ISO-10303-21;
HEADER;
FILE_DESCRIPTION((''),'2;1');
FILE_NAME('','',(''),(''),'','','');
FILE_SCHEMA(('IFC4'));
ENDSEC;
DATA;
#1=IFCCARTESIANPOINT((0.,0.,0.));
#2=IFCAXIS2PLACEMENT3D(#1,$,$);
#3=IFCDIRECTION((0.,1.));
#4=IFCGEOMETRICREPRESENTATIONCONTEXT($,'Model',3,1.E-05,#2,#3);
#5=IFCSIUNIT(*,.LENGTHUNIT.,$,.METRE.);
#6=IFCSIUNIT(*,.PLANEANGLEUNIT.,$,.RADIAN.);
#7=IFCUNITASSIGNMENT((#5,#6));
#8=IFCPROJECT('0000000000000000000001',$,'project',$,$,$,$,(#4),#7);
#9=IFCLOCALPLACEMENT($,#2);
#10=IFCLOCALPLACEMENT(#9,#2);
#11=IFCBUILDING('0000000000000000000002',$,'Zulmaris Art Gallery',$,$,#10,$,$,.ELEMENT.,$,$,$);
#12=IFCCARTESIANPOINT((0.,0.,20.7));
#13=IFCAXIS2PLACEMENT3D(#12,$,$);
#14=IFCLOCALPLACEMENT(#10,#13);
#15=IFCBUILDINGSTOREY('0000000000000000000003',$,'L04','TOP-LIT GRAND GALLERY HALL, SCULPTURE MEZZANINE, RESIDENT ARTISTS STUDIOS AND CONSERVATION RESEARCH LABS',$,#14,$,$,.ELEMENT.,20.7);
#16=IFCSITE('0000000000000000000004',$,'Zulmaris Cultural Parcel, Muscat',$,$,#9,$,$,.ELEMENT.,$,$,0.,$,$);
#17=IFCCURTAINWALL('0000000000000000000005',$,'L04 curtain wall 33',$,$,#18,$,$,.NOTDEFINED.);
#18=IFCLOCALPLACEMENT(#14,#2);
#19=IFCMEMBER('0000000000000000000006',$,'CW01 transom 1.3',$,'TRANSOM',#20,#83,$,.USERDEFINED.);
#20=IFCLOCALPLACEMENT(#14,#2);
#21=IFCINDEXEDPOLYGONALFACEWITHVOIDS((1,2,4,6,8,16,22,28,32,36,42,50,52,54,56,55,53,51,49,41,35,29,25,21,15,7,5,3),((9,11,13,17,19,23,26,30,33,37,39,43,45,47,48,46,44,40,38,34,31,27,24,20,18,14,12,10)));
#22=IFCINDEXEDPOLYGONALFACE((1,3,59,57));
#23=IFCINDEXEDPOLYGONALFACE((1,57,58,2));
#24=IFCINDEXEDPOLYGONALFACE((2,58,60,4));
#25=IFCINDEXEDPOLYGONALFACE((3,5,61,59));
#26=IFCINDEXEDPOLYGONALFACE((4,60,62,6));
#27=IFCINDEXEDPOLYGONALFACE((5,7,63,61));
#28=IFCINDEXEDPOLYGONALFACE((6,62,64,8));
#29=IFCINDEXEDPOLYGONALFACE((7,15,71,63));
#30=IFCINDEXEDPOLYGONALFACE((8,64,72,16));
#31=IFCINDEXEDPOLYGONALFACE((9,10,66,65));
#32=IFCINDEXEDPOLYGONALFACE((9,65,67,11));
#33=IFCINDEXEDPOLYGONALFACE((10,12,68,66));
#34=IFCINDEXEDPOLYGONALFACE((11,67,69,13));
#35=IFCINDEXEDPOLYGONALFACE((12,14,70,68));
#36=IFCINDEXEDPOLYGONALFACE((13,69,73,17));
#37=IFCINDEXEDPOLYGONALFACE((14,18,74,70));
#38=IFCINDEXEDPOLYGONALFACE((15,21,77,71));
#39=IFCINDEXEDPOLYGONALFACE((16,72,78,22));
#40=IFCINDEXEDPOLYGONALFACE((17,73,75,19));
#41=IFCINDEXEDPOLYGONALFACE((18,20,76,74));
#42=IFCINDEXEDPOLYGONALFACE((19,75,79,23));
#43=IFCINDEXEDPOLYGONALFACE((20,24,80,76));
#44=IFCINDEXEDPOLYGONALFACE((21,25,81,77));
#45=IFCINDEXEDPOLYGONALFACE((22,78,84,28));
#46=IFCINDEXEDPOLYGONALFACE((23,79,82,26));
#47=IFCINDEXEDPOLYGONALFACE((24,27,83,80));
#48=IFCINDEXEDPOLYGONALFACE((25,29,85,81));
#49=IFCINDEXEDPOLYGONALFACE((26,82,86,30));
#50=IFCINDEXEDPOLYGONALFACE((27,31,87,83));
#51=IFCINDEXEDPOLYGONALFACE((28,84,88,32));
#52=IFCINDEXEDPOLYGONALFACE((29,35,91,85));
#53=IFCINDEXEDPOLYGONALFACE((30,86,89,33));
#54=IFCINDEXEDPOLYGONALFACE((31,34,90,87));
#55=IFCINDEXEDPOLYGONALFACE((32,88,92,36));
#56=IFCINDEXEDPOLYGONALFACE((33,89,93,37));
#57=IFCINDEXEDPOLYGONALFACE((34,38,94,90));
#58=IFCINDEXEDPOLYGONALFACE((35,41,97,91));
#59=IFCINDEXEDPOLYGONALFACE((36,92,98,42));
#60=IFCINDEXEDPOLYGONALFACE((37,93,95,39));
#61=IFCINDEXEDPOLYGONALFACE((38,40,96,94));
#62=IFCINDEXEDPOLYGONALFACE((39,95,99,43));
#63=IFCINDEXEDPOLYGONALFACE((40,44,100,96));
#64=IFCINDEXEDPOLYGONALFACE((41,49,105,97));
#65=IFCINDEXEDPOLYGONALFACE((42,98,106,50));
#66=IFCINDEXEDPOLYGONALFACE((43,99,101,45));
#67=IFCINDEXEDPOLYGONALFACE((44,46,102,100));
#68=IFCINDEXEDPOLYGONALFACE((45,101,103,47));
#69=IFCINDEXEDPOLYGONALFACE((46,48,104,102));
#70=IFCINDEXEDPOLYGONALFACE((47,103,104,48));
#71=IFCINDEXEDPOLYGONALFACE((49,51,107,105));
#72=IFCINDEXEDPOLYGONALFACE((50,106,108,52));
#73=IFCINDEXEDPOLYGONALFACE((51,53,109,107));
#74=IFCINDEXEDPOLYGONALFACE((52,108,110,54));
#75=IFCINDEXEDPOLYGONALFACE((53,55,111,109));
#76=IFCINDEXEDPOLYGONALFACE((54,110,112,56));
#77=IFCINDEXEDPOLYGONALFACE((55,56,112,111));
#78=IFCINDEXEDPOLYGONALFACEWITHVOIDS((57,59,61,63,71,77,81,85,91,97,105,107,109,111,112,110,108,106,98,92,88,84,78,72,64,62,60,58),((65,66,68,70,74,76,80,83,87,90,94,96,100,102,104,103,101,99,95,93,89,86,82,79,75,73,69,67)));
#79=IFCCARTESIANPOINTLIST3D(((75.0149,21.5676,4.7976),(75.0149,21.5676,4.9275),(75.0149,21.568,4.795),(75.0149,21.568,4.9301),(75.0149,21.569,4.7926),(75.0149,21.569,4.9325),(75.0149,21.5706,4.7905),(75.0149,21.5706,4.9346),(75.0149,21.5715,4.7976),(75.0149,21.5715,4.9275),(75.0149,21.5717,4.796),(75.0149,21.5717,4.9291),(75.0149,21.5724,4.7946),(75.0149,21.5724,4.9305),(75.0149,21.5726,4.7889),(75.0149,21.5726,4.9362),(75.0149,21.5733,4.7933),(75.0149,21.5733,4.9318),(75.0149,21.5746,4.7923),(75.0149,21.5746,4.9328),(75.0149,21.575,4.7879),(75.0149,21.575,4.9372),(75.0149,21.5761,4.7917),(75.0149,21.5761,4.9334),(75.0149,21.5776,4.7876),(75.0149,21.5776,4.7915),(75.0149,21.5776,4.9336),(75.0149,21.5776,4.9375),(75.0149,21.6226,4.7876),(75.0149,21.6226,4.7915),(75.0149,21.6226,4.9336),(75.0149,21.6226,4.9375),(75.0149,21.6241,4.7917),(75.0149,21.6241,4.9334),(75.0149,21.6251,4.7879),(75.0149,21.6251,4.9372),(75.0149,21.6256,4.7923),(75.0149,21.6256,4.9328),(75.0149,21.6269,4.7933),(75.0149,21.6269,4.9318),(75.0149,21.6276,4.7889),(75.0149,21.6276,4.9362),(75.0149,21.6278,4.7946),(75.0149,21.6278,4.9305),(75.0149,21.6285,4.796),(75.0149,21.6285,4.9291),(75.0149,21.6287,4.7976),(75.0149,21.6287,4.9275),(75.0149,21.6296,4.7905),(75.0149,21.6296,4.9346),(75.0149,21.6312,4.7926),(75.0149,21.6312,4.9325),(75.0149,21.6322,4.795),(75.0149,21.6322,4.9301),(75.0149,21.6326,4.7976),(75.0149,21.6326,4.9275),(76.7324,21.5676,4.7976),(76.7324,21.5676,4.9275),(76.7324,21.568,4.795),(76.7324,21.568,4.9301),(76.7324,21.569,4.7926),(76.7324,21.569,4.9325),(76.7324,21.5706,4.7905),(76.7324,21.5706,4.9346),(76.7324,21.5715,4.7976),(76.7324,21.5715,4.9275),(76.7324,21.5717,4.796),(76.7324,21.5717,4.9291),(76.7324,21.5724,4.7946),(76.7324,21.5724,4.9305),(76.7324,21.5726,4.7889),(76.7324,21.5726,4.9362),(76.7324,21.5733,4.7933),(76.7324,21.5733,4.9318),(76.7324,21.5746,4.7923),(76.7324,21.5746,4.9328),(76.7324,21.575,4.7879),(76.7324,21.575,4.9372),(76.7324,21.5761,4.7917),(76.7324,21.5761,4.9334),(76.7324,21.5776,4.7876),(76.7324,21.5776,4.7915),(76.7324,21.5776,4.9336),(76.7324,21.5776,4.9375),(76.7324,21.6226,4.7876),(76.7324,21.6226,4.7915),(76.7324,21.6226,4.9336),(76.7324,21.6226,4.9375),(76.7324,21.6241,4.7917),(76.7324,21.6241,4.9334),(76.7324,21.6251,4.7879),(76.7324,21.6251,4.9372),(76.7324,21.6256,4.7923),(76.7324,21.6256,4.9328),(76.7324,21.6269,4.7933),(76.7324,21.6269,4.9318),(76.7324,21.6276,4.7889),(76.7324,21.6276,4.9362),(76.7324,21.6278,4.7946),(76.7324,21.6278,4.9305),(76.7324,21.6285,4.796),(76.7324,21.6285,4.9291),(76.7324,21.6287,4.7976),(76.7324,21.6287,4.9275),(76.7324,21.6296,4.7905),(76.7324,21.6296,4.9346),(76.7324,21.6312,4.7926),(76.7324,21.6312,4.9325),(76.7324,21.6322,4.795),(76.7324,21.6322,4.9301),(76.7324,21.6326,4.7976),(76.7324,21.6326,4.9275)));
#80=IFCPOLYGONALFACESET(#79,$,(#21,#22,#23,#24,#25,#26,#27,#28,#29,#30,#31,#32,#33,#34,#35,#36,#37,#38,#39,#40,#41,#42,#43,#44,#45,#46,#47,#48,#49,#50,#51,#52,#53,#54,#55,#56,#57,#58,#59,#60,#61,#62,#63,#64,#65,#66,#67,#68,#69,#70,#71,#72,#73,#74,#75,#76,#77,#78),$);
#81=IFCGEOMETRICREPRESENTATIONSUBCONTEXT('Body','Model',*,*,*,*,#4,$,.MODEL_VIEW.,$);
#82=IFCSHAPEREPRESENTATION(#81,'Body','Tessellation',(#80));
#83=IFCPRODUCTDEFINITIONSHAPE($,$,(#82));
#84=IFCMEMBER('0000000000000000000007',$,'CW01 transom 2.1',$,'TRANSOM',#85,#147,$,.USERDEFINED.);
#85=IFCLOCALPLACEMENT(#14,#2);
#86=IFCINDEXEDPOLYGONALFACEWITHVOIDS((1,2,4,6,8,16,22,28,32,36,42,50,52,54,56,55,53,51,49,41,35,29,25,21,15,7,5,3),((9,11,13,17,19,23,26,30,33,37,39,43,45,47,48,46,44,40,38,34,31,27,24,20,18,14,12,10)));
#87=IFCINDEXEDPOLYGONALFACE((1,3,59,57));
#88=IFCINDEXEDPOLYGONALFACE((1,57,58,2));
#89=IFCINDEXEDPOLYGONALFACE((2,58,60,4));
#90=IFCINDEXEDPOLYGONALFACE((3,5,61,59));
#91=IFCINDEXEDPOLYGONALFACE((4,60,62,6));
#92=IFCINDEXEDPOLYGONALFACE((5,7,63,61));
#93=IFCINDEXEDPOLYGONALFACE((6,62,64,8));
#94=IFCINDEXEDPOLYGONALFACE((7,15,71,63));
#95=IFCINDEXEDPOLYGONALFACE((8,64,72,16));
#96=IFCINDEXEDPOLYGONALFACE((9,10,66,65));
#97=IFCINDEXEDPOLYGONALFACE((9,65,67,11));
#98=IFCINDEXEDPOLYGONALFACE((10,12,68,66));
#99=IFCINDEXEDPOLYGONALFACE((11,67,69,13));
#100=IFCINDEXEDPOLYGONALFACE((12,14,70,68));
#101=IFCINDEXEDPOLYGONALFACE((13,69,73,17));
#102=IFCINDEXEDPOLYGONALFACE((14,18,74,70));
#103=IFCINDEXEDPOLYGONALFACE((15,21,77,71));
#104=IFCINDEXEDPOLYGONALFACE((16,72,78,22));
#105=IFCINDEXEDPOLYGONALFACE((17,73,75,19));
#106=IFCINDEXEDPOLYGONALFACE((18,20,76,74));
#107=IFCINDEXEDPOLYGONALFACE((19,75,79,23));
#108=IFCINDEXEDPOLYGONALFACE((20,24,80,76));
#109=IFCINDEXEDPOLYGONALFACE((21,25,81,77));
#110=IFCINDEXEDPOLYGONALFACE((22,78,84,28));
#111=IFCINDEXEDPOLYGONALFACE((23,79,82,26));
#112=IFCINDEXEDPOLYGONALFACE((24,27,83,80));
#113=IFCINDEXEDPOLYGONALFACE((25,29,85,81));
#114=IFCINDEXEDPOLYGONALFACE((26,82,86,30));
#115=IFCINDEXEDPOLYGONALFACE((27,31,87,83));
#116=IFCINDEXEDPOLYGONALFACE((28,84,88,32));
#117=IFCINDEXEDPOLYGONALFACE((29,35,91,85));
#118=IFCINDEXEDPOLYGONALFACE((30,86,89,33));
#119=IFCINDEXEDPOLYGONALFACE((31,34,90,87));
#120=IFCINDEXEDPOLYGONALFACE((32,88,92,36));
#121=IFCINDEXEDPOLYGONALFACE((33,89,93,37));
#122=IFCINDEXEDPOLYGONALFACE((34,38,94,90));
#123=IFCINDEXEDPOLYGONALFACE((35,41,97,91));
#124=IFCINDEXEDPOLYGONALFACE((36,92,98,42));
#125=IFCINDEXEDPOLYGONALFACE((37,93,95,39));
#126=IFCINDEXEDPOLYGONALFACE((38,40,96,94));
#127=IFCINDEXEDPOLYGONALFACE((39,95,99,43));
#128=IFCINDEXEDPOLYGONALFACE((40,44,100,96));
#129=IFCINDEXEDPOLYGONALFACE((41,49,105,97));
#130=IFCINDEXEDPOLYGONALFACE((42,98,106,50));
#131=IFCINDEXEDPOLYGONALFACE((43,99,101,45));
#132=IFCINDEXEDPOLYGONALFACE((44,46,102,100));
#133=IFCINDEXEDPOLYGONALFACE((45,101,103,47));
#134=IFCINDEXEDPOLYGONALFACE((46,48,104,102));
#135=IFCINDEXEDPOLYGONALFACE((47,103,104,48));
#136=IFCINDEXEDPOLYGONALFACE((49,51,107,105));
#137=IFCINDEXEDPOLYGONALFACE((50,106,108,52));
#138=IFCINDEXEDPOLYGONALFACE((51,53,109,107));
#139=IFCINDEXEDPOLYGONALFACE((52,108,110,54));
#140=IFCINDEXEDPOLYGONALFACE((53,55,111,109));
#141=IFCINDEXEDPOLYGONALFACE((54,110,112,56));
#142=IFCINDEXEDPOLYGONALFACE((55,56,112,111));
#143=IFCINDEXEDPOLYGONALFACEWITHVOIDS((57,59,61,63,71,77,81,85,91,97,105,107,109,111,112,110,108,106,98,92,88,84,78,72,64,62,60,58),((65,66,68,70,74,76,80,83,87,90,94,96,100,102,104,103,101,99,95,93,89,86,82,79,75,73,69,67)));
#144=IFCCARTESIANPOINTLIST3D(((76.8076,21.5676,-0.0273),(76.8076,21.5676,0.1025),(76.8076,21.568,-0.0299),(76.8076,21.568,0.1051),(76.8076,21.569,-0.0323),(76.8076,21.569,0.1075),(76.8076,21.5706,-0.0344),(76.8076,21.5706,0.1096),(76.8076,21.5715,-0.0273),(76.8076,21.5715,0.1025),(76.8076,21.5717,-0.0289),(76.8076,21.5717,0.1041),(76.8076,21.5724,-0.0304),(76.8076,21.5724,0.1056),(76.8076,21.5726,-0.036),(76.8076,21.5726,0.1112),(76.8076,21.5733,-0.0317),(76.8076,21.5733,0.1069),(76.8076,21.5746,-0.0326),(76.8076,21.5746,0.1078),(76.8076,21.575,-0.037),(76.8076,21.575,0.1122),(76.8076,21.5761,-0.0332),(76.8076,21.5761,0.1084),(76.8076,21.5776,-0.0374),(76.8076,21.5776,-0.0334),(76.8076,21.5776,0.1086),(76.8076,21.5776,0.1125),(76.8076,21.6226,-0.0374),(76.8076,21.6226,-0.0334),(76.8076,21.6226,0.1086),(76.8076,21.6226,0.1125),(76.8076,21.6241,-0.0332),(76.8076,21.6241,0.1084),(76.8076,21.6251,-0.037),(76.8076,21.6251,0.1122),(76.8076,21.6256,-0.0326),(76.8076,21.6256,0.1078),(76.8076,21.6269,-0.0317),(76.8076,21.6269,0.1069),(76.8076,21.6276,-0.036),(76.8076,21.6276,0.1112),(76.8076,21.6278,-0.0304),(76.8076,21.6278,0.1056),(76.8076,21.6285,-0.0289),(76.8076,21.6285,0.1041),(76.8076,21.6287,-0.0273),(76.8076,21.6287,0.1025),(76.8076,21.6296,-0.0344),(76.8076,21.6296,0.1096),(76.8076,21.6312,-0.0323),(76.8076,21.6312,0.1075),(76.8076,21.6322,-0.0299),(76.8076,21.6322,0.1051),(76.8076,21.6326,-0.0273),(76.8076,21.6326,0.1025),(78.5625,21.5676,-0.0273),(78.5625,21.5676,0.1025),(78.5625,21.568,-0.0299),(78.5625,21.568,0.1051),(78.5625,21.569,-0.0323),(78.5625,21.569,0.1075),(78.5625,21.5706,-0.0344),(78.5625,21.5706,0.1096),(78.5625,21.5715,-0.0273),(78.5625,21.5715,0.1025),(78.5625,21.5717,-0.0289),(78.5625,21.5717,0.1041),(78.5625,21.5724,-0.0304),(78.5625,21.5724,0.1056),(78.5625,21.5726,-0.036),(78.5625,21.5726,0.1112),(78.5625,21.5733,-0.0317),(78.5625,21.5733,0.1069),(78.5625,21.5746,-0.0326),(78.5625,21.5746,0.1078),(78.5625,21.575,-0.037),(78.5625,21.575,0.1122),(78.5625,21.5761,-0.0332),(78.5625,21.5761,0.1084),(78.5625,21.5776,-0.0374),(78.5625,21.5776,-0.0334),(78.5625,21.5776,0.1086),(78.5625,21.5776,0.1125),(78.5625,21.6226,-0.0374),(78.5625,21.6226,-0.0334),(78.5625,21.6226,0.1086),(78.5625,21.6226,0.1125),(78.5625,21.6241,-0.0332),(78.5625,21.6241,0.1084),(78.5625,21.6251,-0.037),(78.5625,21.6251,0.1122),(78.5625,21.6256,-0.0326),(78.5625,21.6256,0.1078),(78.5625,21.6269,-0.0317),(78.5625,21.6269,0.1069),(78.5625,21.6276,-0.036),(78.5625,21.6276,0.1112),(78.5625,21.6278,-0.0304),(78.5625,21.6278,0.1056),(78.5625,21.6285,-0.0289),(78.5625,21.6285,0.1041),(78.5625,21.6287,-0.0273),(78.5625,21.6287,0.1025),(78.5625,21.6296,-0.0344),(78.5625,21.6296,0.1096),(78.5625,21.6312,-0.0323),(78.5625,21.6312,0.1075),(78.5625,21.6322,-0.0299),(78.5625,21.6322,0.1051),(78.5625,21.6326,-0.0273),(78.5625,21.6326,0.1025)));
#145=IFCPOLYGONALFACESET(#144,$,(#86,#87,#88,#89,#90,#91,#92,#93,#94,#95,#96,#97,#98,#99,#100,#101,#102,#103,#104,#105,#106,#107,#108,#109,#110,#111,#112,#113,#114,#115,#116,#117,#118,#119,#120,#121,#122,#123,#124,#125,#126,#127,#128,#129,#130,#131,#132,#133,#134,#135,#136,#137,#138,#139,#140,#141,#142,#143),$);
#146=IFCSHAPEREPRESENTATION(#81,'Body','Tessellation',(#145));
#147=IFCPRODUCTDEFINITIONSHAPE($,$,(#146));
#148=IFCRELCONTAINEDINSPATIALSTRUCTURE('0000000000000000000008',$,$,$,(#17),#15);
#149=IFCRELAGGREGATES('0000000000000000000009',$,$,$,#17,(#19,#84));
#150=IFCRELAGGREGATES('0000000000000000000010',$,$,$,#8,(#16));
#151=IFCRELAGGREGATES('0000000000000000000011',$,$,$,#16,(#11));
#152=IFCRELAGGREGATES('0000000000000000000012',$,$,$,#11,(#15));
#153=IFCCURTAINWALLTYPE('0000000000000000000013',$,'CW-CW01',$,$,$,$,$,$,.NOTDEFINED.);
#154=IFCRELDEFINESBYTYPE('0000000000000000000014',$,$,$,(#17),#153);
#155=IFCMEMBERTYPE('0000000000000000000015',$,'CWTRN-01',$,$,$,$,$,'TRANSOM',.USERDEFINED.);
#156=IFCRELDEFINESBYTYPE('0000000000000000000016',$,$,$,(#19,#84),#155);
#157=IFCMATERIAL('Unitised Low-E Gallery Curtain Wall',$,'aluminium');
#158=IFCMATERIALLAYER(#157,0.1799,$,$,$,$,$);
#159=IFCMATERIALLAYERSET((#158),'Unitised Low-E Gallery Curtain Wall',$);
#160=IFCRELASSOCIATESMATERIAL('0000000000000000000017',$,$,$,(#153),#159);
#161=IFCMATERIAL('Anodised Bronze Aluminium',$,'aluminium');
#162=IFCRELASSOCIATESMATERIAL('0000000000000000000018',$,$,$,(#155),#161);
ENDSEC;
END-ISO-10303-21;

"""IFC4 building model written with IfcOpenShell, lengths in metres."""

from ifc_helpers import new_model, si_unit, direction, frame, origin, origin_2d, place, context, subcontext, project, spatial, hollow_rectangle, extrude, material, layer, layer_set, material_profile, profile_set, type_object, element, aggregate, save


model = new_model("IFC4")

# Units and contexts
model_context = context("Model", 3, precision=1e-05, world=origin(), true_north=direction((0.0, 1.0)))
body_context = subcontext(model_context, "Body", "Model", "MODEL_VIEW")
ifc_project = project(units=[si_unit("LENGTHUNIT", "METRE"), si_unit("PLANEANGLEUNIT", "RADIAN")], contexts=[model_context])

# Site, building, storey
site_placement = place(None, origin())
site = spatial("IfcSite", under=ifc_project, at=site_placement, Name="Zulmaris Cultural Parcel, Muscat", CompositionType="ELEMENT", RefElevation=0.0)
building_placement = place(site_placement, origin())
building = spatial("IfcBuilding", under=site, at=building_placement, Name="Zulmaris Art Gallery", CompositionType="ELEMENT")
storey_placement = place(building_placement, frame((0.0, 0.0, 20.7)))
storey = spatial("IfcBuildingStorey", under=building, at=storey_placement, Name="L04", Description="TOP-LIT GRAND GALLERY HALL, SCULPTURE MEZZANINE, RESIDENT ARTISTS STUDIOS AND CONSERVATION RESEARCH LABS", CompositionType="ELEMENT", Elevation=20.7)

# Curtain wall
ifc_material_1 = material(Name="Unitised Low-E Gallery Curtain Wall", Category="aluminium")
ifc_layer_1 = layer(ifc_material_1, 0.1799)
ifc_layer_set_1 = layer_set([ifc_layer_1], Name="Unitised Low-E Gallery Curtain Wall")
curtain_wall_type_1 = type_object("IfcCurtainWallType", Name="CW-CW01", PredefinedType="NOTDEFINED", material=ifc_layer_set_1)
curtain_wall_1_placement = place(storey_placement, origin())
curtain_wall_1 = element("IfcCurtainWall", 1, at=curtain_wall_1_placement, inside=storey, type_object=curtain_wall_type_1, Name="L04 curtain wall 33", PredefinedType="NOTDEFINED")
ifc_material_2 = material(Name="Anodised Bronze Aluminium", Category="aluminium")

# Members
ifc_material_profile_1 = material_profile(ifc_material_2, hollow_rectangle(XDim=0.0649, YDim=0.1499, WallThickness=0.0039, InnerFilletRadius=0.0061, OuterFilletRadius=0.01, at=origin_2d()), Name="ALU 65x150x4")
ifc_profile_set_1 = profile_set([ifc_material_profile_1], Name="Anodised Bronze Aluminium")
member_type_1 = type_object("IfcMemberType", Name="CWTRN-01", ElementType="TRANSOM", PredefinedType="USERDEFINED", material=ifc_profile_set_1)
member_1_placement = place(storey_placement, frame((75.0149, 21.6001, 4.8625), z_axis=(1.0, 0.0, 0.0), x_axis=(0.0, 1.0, 0.0)))
member_1 = element("IfcMember", 2, at=member_1_placement, type_object=member_type_1, Name="CW01 transom 1.3", ObjectType="TRANSOM", PredefinedType="USERDEFINED", context=body_context, shape_type="SweptSolid", body=[
    extrude(hollow_rectangle(XDim=0.0649, YDim=0.1499, WallThickness=0.0039, InnerFilletRadius=0.0061, OuterFilletRadius=0.01, at=origin_2d()), origin(), (0.0, 0.0, 1.0), 1.7175),
])
member_2_placement = place(storey_placement, frame((76.8076, 21.6001, 0.0376), z_axis=(1.0, 0.0, 0.0), x_axis=(0.0, 1.0, 0.0)))
member_2 = element("IfcMember", 3, at=member_2_placement, type_object=member_type_1, Name="CW01 transom 2.1", ObjectType="TRANSOM", PredefinedType="USERDEFINED", context=body_context, shape_type="SweptSolid", body=[
    extrude(hollow_rectangle(XDim=0.0649, YDim=0.1499, WallThickness=0.0039, InnerFilletRadius=0.0061, OuterFilletRadius=0.01, at=origin_2d()), origin(), (0.0, 0.0, 1.0), 1.7549),
])

aggregate(curtain_wall_1, [member_1, member_2])

save(model, "model.ifc")
